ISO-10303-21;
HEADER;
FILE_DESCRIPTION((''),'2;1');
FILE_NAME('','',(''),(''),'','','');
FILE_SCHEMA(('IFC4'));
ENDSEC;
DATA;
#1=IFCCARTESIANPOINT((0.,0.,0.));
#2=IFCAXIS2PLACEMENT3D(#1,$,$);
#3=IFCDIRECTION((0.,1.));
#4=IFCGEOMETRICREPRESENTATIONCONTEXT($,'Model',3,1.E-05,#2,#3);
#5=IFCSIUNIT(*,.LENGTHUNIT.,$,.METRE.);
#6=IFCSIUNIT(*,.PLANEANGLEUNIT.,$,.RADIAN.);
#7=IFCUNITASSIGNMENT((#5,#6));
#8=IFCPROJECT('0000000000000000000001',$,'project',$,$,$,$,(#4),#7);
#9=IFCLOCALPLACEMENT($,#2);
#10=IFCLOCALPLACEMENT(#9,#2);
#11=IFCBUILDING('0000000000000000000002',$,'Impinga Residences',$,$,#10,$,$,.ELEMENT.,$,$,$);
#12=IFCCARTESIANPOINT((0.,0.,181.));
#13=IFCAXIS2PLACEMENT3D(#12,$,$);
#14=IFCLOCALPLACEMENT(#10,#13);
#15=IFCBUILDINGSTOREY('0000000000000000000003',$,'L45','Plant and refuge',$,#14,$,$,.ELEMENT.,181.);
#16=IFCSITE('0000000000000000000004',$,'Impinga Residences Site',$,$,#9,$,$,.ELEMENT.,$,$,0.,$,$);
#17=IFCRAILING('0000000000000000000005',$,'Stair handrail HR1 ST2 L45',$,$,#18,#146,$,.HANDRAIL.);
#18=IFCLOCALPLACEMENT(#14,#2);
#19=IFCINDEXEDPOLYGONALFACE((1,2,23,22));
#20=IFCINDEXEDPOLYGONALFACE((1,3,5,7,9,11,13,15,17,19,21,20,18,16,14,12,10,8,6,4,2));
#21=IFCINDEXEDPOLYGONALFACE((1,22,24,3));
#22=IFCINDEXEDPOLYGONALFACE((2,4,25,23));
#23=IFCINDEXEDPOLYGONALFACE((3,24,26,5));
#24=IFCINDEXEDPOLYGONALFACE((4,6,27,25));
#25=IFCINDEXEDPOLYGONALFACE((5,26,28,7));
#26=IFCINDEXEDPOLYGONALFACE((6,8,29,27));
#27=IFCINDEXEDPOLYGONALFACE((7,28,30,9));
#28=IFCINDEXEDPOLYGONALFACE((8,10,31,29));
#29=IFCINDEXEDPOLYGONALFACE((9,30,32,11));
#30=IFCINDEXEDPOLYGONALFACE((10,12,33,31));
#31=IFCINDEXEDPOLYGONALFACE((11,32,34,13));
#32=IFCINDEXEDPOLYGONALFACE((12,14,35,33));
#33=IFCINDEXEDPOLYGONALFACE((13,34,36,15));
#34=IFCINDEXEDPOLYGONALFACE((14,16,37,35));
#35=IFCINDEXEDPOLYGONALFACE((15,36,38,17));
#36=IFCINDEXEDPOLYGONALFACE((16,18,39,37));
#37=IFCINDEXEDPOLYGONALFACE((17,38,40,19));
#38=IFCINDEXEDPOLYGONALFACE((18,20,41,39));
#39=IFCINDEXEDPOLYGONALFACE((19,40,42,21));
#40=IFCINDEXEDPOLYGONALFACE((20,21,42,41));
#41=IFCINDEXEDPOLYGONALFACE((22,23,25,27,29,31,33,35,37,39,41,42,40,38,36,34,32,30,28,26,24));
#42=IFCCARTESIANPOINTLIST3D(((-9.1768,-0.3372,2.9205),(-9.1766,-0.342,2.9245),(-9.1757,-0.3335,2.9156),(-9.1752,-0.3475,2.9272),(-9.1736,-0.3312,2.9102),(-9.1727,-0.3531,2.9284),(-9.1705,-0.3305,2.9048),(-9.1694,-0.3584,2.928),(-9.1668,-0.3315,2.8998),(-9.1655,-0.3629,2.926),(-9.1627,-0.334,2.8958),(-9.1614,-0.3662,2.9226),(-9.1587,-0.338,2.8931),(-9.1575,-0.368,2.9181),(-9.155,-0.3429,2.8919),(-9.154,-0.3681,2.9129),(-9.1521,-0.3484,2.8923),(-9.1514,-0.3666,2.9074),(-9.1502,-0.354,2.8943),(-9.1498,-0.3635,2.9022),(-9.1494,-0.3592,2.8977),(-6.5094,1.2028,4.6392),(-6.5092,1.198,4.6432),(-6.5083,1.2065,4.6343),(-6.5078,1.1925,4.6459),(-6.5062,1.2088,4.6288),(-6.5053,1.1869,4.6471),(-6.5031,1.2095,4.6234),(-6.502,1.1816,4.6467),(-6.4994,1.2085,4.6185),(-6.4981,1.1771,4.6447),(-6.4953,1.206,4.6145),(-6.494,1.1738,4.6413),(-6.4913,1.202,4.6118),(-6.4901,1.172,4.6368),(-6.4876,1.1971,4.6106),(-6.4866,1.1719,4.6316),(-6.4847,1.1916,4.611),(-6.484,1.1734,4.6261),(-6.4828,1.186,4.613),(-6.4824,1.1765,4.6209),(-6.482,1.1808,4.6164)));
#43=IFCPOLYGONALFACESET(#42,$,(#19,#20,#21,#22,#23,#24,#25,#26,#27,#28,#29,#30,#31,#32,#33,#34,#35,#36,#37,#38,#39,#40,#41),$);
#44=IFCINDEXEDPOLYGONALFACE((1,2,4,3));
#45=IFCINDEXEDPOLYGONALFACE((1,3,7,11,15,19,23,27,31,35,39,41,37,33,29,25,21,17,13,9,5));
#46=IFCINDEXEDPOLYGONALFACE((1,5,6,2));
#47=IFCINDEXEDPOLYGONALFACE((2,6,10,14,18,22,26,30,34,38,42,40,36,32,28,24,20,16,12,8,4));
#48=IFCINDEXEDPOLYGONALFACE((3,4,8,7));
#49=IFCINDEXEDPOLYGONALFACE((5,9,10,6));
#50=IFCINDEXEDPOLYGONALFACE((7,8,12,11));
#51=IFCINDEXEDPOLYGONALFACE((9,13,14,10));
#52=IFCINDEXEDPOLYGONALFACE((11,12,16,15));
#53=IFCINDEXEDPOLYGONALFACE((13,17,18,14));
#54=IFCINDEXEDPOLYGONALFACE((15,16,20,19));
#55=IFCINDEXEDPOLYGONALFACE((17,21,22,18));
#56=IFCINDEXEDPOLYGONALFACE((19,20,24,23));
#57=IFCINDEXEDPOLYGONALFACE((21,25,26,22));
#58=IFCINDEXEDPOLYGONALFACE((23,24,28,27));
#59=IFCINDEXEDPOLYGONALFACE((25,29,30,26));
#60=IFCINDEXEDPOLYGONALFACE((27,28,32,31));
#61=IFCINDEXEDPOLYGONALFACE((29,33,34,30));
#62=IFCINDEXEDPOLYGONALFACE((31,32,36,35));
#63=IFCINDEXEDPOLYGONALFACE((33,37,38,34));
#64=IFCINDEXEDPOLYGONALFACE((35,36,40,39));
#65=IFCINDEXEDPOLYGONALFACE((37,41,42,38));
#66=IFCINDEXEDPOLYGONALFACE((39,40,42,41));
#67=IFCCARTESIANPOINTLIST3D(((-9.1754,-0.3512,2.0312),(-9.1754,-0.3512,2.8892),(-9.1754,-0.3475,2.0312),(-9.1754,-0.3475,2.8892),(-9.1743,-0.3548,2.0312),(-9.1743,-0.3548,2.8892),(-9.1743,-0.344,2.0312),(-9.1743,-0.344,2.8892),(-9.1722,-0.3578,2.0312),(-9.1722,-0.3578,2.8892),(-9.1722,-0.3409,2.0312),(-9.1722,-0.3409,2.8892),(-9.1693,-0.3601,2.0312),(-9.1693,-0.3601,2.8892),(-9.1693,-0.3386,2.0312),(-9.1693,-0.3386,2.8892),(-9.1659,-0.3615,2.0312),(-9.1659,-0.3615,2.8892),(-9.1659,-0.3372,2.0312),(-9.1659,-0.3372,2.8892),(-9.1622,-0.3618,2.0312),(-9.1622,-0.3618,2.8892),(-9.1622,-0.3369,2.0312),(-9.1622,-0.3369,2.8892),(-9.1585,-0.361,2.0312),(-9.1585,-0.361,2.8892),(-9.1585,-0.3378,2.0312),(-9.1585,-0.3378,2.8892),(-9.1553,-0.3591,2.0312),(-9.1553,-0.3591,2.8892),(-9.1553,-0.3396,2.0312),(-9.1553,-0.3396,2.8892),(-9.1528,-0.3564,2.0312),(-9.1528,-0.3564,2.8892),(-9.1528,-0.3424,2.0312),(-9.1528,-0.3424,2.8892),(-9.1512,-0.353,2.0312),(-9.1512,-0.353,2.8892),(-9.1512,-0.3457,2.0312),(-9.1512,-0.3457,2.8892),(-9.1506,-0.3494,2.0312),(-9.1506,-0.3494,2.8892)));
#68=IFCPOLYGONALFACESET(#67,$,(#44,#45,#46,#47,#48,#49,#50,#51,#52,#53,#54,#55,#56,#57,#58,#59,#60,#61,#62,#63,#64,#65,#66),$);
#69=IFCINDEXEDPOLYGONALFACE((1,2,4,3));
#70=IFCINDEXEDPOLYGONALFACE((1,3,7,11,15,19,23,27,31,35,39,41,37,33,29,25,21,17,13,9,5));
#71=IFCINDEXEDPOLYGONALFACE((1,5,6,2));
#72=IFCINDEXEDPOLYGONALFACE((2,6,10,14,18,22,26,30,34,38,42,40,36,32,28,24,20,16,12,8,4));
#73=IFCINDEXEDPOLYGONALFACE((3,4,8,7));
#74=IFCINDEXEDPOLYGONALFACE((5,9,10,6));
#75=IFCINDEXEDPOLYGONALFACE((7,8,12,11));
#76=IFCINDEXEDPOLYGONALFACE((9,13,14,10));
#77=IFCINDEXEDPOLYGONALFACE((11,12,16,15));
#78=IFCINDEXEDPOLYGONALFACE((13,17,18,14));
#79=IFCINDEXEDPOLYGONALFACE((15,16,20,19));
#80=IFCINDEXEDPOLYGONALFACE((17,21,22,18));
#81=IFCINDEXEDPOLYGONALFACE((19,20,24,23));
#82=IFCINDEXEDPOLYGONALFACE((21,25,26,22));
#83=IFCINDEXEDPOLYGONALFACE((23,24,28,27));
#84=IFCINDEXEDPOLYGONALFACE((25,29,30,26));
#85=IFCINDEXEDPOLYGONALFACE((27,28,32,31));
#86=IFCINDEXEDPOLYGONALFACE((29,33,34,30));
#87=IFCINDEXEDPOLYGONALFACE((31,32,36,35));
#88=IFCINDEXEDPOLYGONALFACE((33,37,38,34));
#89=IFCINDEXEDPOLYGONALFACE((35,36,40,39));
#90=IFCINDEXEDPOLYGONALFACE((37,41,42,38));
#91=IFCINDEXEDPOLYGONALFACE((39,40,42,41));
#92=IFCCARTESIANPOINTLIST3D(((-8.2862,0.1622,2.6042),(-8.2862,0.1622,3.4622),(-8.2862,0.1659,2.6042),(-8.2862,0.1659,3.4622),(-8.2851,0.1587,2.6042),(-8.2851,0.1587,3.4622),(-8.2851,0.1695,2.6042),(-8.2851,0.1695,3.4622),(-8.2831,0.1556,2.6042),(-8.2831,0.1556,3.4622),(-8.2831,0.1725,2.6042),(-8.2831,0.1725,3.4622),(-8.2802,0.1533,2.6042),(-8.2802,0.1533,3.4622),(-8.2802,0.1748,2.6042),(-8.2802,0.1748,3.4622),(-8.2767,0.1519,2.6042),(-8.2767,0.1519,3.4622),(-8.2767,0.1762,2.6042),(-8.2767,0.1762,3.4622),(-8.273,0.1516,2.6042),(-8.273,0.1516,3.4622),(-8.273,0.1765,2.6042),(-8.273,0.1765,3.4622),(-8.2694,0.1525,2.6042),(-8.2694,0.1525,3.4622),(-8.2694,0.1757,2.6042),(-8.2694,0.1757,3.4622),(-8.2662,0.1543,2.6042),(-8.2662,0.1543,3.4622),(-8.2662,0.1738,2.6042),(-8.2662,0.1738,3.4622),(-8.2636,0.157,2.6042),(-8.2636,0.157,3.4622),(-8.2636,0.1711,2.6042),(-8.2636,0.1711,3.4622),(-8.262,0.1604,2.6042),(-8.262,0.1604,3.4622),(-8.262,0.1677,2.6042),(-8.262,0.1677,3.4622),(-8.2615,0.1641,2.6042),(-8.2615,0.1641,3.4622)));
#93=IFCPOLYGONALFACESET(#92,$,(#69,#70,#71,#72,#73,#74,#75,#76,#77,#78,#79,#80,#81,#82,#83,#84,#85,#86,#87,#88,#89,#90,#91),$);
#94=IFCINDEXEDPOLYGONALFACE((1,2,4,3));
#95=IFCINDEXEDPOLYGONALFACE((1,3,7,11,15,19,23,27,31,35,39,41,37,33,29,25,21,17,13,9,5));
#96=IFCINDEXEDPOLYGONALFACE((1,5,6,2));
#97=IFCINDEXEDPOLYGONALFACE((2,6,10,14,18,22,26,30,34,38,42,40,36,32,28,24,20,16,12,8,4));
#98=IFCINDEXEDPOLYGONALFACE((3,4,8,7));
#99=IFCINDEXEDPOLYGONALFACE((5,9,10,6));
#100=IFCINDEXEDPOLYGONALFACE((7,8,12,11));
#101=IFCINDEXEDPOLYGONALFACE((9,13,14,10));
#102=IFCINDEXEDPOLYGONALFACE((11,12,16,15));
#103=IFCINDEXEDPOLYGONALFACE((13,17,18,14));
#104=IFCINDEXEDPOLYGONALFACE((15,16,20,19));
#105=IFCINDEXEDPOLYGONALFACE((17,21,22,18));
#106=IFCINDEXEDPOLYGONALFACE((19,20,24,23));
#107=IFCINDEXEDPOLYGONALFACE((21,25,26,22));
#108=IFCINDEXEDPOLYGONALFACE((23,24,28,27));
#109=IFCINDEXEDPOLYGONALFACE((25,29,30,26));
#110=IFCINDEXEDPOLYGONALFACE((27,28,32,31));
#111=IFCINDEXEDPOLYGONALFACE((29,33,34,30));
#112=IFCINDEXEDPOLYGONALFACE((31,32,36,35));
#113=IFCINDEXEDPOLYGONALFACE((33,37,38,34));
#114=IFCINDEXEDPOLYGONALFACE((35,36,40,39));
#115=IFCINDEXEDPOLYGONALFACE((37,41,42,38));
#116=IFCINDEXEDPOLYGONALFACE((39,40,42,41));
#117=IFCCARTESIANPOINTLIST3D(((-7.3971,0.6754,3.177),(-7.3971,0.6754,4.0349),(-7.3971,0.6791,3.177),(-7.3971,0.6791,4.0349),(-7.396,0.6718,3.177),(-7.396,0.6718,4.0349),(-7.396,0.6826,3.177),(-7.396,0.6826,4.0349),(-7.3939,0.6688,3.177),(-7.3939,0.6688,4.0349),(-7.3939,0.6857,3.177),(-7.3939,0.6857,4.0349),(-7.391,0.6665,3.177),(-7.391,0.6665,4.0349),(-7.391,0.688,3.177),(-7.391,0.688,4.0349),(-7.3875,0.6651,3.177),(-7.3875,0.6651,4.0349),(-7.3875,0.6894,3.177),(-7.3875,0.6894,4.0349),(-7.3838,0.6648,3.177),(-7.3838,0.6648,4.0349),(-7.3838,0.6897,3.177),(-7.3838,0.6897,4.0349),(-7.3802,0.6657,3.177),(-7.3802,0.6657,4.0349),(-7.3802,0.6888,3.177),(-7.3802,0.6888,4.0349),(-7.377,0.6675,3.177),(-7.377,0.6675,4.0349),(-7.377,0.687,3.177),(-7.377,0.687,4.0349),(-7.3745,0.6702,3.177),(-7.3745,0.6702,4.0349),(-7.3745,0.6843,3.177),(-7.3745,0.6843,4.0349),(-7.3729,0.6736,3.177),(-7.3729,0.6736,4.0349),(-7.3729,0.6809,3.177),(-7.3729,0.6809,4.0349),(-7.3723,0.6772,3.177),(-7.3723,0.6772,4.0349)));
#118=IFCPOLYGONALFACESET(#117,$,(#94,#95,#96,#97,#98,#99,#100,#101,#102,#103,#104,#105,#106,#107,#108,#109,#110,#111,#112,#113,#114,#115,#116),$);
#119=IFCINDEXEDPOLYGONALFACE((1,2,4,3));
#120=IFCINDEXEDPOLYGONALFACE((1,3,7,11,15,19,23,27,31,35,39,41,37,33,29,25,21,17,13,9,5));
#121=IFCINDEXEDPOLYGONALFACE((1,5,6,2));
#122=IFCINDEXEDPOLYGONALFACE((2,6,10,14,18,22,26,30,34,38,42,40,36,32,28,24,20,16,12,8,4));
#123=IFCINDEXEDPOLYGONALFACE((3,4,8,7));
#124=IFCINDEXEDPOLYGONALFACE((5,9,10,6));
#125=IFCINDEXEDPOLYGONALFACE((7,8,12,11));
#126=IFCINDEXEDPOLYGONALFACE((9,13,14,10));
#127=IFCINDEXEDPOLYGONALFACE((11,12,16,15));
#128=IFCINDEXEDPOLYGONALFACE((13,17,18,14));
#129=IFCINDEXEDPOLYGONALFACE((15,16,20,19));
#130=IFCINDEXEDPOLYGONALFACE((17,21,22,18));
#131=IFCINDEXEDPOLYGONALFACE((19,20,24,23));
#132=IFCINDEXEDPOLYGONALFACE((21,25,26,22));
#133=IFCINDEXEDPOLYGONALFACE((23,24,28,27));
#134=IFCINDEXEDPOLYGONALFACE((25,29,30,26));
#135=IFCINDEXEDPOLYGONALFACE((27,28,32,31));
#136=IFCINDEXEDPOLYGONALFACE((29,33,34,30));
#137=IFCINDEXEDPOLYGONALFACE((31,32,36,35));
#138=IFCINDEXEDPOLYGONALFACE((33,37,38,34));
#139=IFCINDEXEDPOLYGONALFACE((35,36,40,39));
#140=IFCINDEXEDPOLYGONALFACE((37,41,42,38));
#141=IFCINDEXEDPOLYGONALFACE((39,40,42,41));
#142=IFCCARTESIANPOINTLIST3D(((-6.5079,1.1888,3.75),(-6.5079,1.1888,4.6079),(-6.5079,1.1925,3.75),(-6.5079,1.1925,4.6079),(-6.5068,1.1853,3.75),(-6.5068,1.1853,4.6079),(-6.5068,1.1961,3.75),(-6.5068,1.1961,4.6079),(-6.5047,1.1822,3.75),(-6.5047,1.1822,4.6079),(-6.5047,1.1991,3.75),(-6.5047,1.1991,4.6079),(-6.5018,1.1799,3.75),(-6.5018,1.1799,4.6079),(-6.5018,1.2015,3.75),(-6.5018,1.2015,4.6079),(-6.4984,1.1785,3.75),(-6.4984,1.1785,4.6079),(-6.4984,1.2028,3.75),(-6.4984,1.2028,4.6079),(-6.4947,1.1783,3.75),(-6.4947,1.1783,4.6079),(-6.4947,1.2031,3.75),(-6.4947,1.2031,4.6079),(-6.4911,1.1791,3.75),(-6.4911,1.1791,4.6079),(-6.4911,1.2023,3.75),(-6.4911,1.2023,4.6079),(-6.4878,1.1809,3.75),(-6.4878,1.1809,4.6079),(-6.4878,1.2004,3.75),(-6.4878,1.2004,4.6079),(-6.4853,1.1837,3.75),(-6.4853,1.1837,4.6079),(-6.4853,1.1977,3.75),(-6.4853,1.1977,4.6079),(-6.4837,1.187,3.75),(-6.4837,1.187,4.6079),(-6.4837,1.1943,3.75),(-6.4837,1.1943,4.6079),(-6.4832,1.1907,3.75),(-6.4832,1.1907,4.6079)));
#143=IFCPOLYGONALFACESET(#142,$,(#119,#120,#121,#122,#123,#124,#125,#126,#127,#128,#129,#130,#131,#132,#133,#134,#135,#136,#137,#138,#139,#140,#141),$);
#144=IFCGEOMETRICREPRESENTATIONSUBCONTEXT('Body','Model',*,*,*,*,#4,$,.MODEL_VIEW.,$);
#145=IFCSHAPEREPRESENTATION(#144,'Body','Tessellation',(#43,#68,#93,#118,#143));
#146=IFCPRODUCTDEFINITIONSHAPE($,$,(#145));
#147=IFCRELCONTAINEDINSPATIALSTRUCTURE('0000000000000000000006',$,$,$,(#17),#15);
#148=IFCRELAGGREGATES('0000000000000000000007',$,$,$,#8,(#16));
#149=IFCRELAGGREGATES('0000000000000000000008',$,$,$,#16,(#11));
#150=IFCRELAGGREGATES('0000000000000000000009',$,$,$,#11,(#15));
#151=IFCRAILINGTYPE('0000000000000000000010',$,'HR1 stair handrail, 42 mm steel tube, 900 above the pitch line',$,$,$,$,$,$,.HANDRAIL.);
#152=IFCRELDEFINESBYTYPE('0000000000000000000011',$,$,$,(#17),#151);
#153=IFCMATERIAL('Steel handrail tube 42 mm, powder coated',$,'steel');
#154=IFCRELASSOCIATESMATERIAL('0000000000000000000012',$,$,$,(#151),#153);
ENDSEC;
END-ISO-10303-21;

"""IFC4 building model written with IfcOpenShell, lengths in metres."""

from ifc_helpers import new_model, si_unit, direction, frame, origin, origin_2d, place, context, subcontext, project, spatial, circle, extrude, material, type_object, element, save


model = new_model("IFC4")

# Units and contexts
model_context = context("Model", 3, precision=1e-05, world=origin(), true_north=direction((0.0, 1.0)))
body_context = subcontext(model_context, "Body", "Model", "MODEL_VIEW")
ifc_project = project(units=[si_unit("LENGTHUNIT", "METRE"), si_unit("PLANEANGLEUNIT", "RADIAN")], contexts=[model_context])

# Site, building, storey
site_placement = place(None, origin())
site = spatial("IfcSite", under=ifc_project, at=site_placement, Name="Impinga Residences Site", CompositionType="ELEMENT", RefElevation=0.0)
building_placement = place(site_placement, origin())
building = spatial("IfcBuilding", under=site, at=building_placement, Name="Impinga Residences", CompositionType="ELEMENT")
storey_placement = place(building_placement, frame((0.0, 0.0, 181.0)))
storey = spatial("IfcBuildingStorey", under=building, at=storey_placement, Name="L45", Description="Plant and refuge", CompositionType="ELEMENT", Elevation=181.0)

# Railing
ifc_material_1 = material(Name="Steel handrail tube 42 mm, powder coated", Category="steel")
railing_type = type_object("IfcRailingType", Name="HR1 stair handrail, 42 mm steel tube, 900 above the pitch line", PredefinedType="HANDRAIL", material=ifc_material_1)
for number, where, name in (
    (1, (-9.1631, -0.3494, 2.0312), "Stair handrail HR1 ST2 L45"),
):
    element("IfcRailing", number, at=place(storey_placement, frame(where)), inside=storey, type_object=railing_type, Name=name, PredefinedType="HANDRAIL", context=body_context, shape_type="SweptSolid", body=[
        extrude(circle(Radius=0.021, at=origin_2d()), frame((0.0, 0.0, 0.8789), z_axis=(0.756256, 0.436616, 0.487282), x_axis=(-0.499992, 0.86603, 0.0)), (0.0, 0.0, 1.0), 3.5271),
        extrude(circle(Radius=0.0125, at=origin_2d()), origin(), (0.0, 0.0, 1.0), 0.8579),
        extrude(circle(Radius=0.0125, at=origin_2d()), frame((0.8892, 0.5134, 0.573)), (0.0, 0.0, 1.0), 0.8579),
        extrude(circle(Radius=0.0125, at=origin_2d()), frame((1.7783, 1.0266, 1.1458)), (0.0, 0.0, 1.0), 0.8579),
        extrude(circle(Radius=0.0125, at=origin_2d()), frame((2.6675, 1.54, 1.7188)), (0.0, 0.0, 1.0), 0.8579),
    ])

save(model, "model.ifc")
